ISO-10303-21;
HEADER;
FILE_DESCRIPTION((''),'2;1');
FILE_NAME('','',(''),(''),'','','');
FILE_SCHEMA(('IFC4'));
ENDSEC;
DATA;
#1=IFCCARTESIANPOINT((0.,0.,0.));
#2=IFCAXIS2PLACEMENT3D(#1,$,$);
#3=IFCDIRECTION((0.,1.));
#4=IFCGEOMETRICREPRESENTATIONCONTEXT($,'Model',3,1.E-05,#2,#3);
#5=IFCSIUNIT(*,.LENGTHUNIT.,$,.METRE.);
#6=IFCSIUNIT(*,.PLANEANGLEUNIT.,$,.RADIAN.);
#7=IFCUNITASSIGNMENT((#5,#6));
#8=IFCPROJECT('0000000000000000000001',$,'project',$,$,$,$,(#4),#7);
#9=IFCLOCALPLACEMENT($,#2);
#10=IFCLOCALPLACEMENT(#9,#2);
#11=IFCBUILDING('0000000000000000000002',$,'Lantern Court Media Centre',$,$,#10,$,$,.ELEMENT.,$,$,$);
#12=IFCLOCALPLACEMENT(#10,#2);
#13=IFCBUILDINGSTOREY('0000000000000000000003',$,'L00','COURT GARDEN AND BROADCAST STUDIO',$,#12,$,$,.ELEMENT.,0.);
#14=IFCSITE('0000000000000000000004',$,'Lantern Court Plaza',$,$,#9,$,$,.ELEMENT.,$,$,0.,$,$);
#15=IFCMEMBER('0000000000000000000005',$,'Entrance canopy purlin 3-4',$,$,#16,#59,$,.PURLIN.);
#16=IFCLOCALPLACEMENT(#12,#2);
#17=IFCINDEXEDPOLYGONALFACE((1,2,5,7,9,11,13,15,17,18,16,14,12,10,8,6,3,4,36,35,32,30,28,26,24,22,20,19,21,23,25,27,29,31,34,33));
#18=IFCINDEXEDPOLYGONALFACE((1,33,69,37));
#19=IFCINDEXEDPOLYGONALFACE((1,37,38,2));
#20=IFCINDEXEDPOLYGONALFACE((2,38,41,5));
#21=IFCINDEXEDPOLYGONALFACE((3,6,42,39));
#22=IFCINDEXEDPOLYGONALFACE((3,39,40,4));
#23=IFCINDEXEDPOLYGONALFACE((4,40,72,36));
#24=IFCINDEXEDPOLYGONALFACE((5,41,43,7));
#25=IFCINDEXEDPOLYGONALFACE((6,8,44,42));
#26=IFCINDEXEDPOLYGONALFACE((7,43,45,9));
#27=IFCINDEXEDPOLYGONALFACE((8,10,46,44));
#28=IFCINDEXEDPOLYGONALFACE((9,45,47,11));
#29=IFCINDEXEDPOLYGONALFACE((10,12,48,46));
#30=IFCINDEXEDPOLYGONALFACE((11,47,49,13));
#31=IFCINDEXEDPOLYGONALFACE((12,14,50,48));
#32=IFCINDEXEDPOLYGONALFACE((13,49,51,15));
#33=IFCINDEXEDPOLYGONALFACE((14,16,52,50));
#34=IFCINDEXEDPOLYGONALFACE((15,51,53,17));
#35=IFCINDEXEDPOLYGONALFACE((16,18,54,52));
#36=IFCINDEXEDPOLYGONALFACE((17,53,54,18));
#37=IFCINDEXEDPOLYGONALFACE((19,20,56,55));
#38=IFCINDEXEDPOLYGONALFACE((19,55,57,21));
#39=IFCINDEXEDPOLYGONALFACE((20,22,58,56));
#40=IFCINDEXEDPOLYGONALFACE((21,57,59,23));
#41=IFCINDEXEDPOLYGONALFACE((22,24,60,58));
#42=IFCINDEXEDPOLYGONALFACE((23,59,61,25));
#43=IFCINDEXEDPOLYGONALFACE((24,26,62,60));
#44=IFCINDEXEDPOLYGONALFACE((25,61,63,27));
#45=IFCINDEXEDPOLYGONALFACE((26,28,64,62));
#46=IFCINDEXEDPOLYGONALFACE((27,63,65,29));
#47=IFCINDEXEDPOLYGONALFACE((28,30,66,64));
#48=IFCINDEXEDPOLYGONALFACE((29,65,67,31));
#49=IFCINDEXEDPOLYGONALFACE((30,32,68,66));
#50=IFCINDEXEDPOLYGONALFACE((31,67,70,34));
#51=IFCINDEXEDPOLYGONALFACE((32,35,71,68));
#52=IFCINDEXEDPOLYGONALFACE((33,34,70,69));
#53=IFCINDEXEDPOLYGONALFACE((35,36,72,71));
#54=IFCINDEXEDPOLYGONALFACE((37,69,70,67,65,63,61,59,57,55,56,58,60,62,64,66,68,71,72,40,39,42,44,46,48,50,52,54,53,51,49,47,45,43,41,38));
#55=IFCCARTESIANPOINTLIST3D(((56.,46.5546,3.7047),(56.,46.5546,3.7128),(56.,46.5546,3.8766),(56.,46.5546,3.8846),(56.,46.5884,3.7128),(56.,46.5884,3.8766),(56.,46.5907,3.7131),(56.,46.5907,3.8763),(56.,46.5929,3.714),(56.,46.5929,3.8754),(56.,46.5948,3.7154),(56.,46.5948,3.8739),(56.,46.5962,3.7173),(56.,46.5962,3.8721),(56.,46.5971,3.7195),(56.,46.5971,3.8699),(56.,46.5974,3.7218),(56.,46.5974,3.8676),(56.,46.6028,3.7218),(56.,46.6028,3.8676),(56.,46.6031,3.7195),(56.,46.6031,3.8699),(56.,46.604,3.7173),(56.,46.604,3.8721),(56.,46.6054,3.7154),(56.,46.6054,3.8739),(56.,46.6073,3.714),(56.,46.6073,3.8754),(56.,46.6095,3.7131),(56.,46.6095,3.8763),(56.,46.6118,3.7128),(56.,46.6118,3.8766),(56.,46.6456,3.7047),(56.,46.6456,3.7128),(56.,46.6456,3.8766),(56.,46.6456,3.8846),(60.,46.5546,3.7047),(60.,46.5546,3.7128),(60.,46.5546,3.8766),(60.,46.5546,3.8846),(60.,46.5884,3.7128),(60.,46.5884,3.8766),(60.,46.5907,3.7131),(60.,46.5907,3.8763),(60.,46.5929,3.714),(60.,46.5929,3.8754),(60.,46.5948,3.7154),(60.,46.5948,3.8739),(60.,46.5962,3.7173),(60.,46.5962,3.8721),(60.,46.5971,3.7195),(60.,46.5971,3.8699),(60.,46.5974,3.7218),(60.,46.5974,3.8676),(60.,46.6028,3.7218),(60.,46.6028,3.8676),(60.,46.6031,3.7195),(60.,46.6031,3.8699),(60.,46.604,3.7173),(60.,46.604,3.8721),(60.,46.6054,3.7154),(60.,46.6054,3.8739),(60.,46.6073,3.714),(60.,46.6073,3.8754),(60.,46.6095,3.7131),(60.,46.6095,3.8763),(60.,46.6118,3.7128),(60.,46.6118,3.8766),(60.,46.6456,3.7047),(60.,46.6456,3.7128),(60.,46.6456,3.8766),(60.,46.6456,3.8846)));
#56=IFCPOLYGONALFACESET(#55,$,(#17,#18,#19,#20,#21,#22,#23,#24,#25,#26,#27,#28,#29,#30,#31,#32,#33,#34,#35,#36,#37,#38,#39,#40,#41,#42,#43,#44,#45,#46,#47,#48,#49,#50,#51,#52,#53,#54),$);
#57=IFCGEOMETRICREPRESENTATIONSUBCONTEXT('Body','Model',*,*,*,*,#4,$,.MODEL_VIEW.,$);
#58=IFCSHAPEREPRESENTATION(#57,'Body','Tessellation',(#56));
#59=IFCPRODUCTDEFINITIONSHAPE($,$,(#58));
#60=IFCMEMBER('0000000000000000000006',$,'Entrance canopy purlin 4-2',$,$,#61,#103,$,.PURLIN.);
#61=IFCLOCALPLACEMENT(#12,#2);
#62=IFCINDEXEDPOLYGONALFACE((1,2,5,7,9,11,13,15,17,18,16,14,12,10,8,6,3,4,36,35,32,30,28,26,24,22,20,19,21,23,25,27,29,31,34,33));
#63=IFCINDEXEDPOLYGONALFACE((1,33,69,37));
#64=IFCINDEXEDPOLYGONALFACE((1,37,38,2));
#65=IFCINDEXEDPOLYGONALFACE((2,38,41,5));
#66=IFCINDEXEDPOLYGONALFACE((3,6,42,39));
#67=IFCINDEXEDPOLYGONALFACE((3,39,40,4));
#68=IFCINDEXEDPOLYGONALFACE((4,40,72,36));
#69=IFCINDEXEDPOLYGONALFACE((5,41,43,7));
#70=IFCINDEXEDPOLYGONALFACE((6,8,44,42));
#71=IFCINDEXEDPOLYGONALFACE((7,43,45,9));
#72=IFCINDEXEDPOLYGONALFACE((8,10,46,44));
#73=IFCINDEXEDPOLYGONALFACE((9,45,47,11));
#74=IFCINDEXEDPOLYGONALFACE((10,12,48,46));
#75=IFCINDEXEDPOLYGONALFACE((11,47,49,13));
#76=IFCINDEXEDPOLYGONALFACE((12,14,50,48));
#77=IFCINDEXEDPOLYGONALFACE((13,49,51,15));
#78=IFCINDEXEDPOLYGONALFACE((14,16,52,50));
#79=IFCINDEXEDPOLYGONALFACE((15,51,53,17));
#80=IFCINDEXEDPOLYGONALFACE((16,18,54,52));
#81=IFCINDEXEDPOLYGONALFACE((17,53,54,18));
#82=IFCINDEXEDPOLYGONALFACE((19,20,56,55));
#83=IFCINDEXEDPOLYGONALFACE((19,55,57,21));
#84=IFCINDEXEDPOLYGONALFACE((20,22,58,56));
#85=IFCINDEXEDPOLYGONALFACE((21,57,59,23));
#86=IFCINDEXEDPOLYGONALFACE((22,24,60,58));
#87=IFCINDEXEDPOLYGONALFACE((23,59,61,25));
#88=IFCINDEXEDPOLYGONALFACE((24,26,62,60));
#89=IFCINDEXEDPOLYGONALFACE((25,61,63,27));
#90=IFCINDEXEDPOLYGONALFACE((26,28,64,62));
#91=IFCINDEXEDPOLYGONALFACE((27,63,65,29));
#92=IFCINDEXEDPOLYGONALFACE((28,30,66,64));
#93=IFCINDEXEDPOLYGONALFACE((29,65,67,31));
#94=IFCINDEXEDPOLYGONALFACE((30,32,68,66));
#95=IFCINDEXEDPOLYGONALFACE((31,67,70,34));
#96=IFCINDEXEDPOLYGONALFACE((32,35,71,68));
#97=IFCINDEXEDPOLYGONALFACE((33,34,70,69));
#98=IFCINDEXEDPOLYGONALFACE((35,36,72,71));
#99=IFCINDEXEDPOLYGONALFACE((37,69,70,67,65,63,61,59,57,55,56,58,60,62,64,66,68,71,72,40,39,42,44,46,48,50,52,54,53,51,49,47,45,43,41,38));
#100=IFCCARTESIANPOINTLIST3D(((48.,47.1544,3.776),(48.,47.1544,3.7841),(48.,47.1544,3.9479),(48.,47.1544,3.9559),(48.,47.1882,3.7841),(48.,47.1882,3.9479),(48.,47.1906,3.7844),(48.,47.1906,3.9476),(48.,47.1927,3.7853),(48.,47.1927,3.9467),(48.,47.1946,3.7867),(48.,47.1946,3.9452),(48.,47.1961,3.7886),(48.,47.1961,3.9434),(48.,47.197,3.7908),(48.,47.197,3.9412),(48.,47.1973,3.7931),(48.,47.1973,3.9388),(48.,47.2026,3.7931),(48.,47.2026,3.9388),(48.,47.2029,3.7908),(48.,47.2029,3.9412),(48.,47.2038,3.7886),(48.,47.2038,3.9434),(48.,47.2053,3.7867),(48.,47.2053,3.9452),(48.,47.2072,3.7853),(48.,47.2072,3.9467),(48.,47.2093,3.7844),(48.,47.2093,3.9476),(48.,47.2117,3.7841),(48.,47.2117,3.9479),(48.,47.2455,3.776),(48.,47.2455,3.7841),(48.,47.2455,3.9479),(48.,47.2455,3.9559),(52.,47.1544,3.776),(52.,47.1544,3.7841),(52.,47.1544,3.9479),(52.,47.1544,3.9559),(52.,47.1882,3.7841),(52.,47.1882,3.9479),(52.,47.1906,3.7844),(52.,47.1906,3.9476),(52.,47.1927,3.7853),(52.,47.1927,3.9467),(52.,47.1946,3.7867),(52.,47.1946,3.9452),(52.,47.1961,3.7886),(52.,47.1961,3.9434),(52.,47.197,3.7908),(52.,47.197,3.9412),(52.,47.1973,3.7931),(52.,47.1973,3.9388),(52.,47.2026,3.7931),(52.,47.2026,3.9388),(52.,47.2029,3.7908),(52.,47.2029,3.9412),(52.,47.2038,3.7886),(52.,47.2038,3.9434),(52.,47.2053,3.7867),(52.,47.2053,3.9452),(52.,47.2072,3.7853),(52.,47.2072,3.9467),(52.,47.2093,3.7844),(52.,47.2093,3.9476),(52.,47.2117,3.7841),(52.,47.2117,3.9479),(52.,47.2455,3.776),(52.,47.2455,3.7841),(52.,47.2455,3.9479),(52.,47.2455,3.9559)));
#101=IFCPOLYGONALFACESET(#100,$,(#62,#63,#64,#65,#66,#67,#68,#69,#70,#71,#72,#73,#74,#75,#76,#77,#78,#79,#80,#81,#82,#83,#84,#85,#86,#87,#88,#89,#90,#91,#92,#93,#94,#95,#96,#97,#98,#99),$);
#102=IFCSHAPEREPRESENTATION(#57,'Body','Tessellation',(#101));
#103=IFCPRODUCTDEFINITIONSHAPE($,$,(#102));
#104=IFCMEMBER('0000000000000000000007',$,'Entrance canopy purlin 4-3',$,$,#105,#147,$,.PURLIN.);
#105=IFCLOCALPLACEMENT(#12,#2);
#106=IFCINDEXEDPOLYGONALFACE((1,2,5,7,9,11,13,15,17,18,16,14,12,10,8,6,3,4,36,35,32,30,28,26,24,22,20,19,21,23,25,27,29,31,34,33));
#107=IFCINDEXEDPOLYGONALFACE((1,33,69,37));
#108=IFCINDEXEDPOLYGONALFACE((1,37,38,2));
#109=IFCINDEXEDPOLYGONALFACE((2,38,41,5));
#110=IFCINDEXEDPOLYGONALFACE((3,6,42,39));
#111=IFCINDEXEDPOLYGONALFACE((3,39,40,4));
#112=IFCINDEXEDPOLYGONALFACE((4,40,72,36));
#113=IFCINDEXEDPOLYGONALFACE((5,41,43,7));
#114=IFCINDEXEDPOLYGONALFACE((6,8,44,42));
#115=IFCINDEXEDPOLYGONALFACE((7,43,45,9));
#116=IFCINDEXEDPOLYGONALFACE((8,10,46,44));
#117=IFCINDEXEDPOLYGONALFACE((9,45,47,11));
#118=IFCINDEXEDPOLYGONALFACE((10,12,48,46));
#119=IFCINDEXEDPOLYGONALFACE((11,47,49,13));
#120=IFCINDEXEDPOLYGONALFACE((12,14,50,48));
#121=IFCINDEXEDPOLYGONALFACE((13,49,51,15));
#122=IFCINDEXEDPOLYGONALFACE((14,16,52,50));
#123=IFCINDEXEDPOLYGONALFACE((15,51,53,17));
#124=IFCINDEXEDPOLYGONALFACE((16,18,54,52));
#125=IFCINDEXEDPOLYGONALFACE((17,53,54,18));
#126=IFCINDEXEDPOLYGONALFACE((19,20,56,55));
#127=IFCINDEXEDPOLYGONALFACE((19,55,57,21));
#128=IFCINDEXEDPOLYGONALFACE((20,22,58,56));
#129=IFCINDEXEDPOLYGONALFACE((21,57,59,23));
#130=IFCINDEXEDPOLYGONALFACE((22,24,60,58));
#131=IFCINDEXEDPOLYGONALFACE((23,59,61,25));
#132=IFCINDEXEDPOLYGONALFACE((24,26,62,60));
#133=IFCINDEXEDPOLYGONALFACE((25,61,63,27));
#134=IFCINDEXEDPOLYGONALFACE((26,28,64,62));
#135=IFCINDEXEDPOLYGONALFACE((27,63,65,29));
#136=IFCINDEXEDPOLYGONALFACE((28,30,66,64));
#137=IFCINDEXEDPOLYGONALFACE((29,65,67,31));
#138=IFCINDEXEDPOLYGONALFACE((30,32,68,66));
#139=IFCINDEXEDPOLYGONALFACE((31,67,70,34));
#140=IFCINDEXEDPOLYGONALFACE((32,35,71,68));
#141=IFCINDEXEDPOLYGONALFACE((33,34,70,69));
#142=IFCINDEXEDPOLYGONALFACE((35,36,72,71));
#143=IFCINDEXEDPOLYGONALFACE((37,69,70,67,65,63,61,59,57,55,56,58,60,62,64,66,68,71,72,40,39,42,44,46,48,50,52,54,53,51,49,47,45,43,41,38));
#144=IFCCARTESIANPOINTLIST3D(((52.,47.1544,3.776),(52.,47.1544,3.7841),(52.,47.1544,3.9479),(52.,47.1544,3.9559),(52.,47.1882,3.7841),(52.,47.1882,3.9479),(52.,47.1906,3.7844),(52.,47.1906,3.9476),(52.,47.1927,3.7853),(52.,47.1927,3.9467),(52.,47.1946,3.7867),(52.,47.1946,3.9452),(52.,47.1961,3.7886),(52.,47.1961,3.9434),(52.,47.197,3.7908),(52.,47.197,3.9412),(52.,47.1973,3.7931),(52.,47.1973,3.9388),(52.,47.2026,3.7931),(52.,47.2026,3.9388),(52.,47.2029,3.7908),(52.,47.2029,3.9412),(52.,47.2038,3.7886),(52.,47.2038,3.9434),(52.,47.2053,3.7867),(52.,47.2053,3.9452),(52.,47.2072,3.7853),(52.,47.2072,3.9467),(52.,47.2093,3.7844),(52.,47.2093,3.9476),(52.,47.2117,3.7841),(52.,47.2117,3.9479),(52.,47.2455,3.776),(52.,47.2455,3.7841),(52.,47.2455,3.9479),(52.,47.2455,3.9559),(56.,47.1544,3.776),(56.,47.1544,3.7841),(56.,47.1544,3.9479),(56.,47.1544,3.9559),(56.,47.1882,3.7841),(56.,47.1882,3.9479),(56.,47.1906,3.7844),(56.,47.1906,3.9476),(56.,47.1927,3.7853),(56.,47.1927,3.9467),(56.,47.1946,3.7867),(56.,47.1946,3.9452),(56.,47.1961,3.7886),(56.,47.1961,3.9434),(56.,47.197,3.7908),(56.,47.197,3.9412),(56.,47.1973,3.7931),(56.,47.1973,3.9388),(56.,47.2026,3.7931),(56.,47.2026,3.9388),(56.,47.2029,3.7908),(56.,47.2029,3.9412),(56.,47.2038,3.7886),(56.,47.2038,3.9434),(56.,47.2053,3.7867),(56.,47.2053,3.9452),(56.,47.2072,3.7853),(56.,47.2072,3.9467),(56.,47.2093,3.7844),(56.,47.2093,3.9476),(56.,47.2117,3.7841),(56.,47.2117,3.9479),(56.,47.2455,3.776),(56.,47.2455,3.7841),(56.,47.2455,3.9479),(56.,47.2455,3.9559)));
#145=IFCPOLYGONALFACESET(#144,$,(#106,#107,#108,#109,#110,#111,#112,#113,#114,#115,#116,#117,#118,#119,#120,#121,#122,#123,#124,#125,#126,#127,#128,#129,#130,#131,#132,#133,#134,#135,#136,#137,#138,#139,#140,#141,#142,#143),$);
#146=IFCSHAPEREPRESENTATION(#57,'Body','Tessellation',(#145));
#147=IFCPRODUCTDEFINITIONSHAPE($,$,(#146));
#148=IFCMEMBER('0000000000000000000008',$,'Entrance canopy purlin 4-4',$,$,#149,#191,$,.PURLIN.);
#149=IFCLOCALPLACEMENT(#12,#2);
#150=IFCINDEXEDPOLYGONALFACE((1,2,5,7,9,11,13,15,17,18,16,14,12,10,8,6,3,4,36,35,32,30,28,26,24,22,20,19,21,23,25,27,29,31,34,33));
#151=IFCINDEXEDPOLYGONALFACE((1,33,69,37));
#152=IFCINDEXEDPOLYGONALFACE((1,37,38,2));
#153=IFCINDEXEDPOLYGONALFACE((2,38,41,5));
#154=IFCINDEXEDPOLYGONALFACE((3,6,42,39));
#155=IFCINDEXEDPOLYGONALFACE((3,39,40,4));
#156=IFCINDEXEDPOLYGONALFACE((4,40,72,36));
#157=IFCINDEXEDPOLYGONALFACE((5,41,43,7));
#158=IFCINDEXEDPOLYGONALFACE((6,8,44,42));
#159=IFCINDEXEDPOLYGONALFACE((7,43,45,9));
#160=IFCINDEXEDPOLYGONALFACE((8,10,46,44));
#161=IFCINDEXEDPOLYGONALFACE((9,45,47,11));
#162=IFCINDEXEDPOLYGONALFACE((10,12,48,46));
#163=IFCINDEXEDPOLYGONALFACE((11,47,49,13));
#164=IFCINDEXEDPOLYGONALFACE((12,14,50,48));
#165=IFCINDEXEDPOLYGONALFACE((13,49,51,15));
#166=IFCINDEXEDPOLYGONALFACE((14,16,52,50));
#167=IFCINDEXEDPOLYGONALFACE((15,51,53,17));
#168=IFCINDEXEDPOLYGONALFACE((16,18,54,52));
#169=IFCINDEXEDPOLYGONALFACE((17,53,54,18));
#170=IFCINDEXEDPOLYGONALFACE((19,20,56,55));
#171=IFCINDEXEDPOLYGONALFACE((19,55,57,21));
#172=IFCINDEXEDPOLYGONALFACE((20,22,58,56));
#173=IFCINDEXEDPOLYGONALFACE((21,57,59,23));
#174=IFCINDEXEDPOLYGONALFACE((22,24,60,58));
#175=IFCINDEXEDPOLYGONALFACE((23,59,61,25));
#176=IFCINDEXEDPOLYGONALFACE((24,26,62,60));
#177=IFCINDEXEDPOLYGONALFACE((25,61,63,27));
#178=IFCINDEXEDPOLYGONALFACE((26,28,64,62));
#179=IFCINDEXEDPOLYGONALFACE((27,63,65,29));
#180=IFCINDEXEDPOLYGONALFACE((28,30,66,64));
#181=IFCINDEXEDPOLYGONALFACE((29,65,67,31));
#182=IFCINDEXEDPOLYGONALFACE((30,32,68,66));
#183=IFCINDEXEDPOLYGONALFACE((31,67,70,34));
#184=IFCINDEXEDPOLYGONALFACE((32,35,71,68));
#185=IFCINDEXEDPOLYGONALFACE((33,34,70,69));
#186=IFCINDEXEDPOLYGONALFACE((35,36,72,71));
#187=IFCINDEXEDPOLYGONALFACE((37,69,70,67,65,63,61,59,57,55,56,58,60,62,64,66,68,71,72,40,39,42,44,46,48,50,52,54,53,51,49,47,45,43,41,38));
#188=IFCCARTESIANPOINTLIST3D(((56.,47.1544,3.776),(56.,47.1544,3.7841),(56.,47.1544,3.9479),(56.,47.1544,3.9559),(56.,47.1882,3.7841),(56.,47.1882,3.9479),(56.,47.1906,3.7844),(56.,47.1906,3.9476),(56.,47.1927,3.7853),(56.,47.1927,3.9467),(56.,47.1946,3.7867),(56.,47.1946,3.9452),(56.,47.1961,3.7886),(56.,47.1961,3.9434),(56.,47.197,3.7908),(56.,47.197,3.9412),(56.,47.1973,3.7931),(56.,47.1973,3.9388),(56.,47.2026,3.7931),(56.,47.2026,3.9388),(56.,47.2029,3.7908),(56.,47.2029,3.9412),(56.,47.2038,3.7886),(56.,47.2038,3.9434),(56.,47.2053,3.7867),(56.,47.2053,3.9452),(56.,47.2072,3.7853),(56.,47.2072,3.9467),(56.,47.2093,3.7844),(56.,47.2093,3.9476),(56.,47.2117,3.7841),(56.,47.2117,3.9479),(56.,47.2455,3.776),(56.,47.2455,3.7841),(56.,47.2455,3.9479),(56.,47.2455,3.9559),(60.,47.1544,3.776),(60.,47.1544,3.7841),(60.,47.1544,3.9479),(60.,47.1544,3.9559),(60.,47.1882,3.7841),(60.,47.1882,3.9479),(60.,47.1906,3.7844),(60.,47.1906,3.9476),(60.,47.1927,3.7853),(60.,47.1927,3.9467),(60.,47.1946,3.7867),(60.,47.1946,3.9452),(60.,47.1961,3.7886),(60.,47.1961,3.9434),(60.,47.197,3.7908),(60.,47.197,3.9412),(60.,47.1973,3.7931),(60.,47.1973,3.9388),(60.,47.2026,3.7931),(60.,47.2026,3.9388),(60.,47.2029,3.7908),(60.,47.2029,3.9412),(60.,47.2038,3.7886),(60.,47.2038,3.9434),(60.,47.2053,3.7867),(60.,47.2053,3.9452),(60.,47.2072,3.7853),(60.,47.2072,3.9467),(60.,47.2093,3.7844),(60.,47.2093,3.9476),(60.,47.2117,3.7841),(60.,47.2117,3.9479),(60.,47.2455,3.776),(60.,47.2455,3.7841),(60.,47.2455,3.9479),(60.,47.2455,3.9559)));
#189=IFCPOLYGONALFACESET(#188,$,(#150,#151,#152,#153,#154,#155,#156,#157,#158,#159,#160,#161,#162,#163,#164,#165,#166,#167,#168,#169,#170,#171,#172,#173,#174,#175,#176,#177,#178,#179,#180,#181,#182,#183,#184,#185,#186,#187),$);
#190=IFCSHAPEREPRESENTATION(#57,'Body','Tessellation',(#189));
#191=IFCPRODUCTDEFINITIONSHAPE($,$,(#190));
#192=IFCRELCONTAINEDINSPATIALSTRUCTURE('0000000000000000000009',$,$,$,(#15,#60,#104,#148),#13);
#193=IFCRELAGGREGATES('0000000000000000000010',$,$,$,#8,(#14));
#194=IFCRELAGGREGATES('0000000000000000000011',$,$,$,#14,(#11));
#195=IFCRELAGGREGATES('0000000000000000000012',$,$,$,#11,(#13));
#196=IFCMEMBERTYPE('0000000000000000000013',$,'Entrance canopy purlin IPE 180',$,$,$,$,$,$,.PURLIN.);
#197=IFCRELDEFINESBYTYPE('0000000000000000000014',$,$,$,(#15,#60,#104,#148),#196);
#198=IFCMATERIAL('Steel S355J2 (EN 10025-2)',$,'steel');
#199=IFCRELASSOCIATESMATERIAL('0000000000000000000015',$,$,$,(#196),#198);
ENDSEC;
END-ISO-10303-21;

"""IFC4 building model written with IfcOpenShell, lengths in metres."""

from ifc_helpers import new_model, si_unit, direction, frame, origin, origin_2d, place, context, subcontext, project, spatial, i_section, extrude, material, material_profile, profile_set, type_object, element, save


model = new_model("IFC4")

# Units and contexts
model_context = context("Model", 3, precision=1e-05, world=origin(), true_north=direction((0.0, 1.0)))
body_context = subcontext(model_context, "Body", "Model", "MODEL_VIEW")
ifc_project = project(units=[si_unit("LENGTHUNIT", "METRE"), si_unit("PLANEANGLEUNIT", "RADIAN")], contexts=[model_context])

# Site, building, storey
site_placement = place(None, origin())
site = spatial("IfcSite", under=ifc_project, at=site_placement, Name="Lantern Court Plaza", CompositionType="ELEMENT", RefElevation=0.0)
building_placement = place(site_placement, origin())
building = spatial("IfcBuilding", under=site, at=building_placement, Name="Lantern Court Media Centre", CompositionType="ELEMENT")
storey_placement = place(building_placement, origin())
storey = spatial("IfcBuildingStorey", under=building, at=storey_placement, Name="L00", Description="COURT GARDEN AND BROADCAST STUDIO", CompositionType="ELEMENT", Elevation=0.0)

# Shared definitions
ifc_material_1 = material(Name="Steel S355J2 (EN 10025-2)", Category="steel")

# Members
ifc_material_profile_1 = material_profile(ifc_material_1, i_section(OverallWidth=0.0911, OverallDepth=0.1799, WebThickness=0.0054, FlangeThickness=0.0081, FilletRadius=0.009, at=origin_2d()), Name="IPE 180")
ifc_profile_set_1 = profile_set([ifc_material_profile_1], Name="Steel S355J2 (EN 10025-2)")
member_type = type_object("IfcMemberType", Name="Entrance canopy purlin IPE 180", PredefinedType="PURLIN", material=ifc_profile_set_1)
for number, where, z_axis, x_axis, name in (
    (1, (56.0, 46.6001, 3.7947), (1.0, 0.0, 0.0), (0.0, 1.0, 0.0), "Entrance canopy purlin 3-4"),
    (2, (48.0, 47.2, 3.866), (1.0, 0.0, 0.0), (0.0, 1.0, 0.0), "Entrance canopy purlin 4-2"),
    (3, (52.0, 47.2, 3.866), (1.0, 0.0, 0.0), (0.0, 1.0, 0.0), "Entrance canopy purlin 4-3"),
    (4, (56.0, 47.2, 3.866), (1.0, 0.0, 0.0), (0.0, 1.0, 0.0), "Entrance canopy purlin 4-4"),
):
    element("IfcMember", number, at=place(storey_placement, frame(where, z_axis=z_axis, x_axis=x_axis)), inside=storey, type_object=member_type, Name=name, PredefinedType="PURLIN", context=body_context, shape_type="SweptSolid", body=[
        extrude(i_section(OverallWidth=0.0911, OverallDepth=0.1799, WebThickness=0.0054, FlangeThickness=0.0081, FilletRadius=0.009, at=origin_2d()), origin(), (0.0, 0.0, 1.0), 4.0),
    ])

save(model, "model.ifc")
